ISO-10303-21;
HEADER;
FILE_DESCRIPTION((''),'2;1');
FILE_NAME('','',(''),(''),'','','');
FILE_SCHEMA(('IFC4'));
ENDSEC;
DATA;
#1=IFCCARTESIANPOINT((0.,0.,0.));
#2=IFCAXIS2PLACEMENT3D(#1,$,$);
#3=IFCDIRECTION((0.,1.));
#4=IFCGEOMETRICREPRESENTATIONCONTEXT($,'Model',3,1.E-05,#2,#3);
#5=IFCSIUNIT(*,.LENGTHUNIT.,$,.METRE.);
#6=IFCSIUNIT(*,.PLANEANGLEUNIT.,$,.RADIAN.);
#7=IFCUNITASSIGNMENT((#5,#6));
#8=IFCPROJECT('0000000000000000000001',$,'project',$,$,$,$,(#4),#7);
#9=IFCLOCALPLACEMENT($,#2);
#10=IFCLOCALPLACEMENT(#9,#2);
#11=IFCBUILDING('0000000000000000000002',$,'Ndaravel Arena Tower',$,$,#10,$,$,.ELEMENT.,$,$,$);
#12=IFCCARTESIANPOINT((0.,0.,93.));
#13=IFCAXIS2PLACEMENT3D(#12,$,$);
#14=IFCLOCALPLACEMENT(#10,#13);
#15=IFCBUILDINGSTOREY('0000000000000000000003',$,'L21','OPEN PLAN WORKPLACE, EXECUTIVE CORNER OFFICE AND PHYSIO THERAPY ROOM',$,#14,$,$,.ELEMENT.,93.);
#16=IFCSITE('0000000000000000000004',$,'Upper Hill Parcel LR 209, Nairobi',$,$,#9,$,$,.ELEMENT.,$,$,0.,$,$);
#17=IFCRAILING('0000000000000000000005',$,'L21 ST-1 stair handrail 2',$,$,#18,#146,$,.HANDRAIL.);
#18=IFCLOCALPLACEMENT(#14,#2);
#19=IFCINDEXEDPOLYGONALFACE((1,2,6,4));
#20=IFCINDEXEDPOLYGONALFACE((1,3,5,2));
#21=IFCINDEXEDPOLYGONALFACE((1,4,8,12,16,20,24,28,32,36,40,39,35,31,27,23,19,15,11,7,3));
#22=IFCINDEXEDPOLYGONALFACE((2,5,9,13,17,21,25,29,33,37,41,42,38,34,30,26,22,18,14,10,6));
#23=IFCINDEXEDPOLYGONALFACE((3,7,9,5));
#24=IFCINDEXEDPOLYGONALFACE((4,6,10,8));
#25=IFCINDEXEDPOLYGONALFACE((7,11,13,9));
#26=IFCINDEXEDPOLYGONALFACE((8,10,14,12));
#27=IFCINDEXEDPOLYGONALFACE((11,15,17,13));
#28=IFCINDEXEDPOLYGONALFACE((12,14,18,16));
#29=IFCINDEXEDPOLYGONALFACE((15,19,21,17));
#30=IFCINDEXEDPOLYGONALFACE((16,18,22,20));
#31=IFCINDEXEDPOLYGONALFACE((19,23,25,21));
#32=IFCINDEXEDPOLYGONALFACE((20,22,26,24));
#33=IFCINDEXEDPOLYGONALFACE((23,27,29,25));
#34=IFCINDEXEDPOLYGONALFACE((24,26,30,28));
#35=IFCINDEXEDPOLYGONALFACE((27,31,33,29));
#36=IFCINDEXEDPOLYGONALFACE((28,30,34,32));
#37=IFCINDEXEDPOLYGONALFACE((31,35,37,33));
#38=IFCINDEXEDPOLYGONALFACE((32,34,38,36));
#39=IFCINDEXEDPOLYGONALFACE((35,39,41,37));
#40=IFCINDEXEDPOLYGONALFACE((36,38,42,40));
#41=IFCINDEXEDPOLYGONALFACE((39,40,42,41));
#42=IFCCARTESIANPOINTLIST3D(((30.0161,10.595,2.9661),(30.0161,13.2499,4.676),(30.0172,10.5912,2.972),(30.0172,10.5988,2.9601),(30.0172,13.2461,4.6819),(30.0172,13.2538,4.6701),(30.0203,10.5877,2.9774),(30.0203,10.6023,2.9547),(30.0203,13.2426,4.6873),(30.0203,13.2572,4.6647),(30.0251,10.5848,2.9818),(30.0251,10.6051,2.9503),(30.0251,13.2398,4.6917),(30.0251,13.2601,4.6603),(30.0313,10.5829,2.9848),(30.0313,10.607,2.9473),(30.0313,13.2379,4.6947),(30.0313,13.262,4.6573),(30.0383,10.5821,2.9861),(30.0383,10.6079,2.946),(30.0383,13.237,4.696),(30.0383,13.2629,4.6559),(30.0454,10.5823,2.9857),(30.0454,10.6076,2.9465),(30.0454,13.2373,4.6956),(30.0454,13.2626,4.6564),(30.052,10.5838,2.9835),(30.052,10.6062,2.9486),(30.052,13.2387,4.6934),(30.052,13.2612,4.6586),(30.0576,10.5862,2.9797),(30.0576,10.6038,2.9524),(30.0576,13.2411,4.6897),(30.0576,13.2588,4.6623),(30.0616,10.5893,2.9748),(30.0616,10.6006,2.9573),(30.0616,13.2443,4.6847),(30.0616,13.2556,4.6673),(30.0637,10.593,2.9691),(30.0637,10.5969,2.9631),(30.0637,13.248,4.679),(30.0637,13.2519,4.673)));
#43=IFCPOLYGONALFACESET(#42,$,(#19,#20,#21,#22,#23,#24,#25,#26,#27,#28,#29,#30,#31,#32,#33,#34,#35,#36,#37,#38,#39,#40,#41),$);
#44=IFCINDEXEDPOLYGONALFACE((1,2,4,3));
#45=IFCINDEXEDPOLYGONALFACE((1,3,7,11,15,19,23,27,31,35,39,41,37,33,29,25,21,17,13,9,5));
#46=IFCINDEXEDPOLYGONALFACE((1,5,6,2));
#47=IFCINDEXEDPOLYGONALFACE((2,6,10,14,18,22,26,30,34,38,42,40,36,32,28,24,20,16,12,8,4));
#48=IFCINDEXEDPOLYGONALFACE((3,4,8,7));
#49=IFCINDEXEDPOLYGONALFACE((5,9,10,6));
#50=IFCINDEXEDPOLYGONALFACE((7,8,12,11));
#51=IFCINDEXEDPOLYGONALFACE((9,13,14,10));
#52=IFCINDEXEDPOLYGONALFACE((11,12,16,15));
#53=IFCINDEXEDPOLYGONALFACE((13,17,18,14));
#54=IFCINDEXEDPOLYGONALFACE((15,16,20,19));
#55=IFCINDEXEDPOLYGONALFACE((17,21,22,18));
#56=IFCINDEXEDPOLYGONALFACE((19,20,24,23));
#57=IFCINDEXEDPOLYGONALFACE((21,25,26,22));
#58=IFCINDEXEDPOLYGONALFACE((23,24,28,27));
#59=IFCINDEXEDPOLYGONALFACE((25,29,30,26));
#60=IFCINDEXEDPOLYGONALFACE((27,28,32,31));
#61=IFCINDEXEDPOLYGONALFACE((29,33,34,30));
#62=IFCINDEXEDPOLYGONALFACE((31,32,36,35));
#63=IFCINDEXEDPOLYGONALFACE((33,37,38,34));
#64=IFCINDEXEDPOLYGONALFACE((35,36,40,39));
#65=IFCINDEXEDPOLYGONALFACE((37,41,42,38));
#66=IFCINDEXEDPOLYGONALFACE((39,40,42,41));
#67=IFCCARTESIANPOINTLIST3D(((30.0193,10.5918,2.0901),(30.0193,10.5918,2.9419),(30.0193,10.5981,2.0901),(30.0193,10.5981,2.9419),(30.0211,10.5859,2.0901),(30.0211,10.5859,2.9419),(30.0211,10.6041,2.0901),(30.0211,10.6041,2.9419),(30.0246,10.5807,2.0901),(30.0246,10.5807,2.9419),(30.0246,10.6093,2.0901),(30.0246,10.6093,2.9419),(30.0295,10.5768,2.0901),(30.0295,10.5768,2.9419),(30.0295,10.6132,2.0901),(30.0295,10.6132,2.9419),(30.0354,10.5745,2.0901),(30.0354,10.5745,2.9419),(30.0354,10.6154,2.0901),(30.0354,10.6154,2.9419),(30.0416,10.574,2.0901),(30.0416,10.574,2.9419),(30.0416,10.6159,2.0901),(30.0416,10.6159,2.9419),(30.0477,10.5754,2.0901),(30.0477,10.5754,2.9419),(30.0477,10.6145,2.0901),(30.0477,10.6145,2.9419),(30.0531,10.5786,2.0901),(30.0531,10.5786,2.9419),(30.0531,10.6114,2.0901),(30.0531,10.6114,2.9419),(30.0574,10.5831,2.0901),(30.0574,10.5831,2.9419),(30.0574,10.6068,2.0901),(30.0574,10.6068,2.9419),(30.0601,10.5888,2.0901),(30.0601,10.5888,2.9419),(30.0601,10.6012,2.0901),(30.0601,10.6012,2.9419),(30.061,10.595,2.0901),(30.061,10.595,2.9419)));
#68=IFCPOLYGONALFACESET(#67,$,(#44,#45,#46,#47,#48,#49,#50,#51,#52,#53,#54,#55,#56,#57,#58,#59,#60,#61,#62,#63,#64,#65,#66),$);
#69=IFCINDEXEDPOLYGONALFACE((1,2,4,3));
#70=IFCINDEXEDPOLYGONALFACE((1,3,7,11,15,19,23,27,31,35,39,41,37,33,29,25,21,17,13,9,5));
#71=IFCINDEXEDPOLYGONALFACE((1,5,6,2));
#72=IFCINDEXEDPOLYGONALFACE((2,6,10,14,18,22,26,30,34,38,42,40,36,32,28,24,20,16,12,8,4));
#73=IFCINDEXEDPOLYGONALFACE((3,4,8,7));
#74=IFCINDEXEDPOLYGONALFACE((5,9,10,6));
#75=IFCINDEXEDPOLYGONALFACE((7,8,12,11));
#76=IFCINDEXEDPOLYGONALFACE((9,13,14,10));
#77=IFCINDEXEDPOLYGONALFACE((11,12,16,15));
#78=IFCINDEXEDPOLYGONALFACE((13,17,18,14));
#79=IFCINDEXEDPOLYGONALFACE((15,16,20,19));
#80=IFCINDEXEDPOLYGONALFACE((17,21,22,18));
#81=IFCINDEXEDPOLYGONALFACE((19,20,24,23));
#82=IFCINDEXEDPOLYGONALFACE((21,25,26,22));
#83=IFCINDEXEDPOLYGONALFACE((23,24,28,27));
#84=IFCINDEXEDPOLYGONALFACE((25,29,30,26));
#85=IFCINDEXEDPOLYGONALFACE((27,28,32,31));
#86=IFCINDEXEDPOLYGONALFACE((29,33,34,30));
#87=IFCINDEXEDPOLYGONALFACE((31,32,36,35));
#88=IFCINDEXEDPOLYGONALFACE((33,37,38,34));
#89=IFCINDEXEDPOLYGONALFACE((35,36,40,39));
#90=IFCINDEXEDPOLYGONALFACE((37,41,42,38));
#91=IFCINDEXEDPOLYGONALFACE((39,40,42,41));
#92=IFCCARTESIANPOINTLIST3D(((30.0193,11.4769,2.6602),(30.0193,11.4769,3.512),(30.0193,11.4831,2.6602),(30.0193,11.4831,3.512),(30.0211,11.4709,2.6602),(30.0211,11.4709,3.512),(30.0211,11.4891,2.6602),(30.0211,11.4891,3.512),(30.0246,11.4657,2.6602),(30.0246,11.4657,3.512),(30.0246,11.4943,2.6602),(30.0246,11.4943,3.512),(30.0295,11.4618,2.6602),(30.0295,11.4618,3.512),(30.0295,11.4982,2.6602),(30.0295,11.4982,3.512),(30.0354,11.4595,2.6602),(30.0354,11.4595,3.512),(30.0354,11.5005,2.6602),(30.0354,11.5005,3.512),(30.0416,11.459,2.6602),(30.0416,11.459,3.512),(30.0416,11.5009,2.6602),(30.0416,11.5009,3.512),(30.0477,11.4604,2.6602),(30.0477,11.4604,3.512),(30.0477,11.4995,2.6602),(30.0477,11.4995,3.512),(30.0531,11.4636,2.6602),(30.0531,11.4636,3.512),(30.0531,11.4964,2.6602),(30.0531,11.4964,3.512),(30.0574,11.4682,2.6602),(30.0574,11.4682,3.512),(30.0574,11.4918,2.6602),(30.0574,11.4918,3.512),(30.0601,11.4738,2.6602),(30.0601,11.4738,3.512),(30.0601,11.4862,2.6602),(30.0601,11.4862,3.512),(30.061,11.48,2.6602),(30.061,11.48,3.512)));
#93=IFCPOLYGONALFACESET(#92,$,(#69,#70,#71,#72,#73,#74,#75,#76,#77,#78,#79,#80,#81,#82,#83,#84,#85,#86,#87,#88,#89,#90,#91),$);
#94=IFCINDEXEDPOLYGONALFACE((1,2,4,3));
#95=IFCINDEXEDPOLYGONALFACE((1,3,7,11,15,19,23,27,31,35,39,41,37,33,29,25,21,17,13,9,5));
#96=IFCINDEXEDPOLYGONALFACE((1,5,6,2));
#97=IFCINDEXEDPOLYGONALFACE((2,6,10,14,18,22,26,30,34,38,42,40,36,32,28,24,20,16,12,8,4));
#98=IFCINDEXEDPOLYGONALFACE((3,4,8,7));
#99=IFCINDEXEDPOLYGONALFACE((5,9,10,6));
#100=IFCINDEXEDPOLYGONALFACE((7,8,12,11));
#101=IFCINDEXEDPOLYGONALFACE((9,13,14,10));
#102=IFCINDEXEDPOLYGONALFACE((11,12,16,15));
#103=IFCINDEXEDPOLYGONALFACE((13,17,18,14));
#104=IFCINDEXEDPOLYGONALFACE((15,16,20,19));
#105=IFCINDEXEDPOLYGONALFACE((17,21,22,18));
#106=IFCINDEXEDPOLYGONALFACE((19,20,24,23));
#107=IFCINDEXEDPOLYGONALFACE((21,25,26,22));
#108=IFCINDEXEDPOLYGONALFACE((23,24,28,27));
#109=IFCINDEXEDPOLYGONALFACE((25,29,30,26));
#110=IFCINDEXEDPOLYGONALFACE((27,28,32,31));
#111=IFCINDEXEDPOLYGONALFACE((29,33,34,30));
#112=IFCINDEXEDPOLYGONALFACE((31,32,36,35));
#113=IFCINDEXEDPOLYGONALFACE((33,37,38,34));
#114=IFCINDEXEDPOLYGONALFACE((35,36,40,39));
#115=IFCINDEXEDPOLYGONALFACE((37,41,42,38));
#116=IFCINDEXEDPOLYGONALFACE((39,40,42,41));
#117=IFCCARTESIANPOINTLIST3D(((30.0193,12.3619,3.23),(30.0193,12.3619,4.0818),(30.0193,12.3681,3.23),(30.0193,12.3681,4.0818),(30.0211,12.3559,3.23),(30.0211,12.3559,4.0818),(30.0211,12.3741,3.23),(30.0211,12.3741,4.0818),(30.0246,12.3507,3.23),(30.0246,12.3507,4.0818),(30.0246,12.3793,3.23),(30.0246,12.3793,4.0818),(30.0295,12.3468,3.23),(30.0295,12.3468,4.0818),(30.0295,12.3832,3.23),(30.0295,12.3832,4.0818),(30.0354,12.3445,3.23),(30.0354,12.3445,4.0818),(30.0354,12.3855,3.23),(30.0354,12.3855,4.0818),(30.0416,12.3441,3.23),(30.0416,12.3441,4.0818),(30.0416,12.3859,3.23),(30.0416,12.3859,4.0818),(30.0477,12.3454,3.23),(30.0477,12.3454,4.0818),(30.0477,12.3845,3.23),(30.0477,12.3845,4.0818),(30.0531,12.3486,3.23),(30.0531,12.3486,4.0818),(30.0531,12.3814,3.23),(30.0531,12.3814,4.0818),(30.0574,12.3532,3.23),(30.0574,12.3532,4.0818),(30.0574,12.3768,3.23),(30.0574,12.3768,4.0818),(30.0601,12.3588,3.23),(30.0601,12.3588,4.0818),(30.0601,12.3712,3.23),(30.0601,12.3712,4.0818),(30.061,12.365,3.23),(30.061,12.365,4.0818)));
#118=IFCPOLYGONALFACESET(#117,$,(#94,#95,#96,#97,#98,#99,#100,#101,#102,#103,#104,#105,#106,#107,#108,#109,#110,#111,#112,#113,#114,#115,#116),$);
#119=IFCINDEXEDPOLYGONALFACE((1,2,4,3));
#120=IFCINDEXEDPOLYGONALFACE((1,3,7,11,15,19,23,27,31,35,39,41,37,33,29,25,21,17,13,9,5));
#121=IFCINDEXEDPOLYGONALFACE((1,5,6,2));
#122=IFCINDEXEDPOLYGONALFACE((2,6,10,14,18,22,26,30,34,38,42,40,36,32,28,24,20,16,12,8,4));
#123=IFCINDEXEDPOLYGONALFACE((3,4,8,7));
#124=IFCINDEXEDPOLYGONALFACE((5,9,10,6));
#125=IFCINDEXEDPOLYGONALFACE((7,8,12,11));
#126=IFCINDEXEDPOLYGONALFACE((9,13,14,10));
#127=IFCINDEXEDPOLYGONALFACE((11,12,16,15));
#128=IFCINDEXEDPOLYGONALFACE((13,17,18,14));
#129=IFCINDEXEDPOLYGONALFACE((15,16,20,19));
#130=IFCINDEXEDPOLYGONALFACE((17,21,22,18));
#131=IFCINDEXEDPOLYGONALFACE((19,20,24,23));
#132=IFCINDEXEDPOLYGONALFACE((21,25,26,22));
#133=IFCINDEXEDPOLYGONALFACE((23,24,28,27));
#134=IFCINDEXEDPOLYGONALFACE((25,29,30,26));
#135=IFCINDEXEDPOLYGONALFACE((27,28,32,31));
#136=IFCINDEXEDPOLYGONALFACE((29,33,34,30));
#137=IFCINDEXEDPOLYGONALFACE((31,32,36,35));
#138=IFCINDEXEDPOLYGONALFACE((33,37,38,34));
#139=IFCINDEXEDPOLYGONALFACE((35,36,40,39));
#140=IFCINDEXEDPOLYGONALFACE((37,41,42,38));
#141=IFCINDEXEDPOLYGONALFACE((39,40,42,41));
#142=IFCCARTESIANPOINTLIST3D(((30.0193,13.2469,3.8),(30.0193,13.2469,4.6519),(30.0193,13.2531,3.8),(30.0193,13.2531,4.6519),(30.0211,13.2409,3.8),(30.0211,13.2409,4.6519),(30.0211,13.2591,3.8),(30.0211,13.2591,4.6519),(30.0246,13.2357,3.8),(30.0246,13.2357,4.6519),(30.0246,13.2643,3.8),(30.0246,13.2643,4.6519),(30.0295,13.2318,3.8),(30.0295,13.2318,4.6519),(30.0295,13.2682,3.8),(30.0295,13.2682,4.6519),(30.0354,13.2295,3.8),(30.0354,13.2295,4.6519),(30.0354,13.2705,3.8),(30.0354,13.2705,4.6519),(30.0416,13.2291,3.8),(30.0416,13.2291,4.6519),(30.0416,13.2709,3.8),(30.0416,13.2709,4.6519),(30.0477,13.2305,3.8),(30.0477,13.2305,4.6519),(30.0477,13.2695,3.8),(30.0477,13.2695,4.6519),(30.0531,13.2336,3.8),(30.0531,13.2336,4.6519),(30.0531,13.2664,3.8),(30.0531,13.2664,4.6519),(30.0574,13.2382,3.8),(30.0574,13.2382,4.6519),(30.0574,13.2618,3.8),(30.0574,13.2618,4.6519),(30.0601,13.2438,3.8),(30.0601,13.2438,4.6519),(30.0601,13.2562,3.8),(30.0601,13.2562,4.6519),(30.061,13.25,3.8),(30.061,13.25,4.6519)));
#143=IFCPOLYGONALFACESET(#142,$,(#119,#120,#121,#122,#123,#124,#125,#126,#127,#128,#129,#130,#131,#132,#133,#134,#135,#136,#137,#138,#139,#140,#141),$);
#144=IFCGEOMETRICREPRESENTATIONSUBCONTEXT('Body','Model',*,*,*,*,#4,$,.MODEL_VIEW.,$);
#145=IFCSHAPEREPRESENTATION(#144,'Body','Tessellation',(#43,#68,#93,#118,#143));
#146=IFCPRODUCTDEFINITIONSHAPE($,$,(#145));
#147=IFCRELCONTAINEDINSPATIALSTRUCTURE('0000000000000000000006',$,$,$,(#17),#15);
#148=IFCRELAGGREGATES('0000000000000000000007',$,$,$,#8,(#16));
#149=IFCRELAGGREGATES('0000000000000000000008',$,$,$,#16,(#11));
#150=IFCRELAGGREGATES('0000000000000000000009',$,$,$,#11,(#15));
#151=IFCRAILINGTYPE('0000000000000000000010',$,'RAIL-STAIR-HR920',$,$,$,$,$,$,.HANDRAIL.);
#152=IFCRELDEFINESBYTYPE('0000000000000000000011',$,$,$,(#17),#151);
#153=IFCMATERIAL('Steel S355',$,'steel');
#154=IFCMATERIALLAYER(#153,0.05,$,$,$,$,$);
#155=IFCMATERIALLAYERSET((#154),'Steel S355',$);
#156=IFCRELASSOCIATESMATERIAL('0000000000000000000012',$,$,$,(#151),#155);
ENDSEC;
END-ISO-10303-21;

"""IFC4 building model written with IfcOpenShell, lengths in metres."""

from ifc_helpers import new_model, si_unit, direction, frame, origin, origin_2d, place, context, subcontext, project, spatial, circle, extrude, material, layer, layer_set, type_object, element, save


model = new_model("IFC4")

# Units and contexts
model_context = context("Model", 3, precision=1e-05, world=origin(), true_north=direction((0.0, 1.0)))
body_context = subcontext(model_context, "Body", "Model", "MODEL_VIEW")
ifc_project = project(units=[si_unit("LENGTHUNIT", "METRE"), si_unit("PLANEANGLEUNIT", "RADIAN")], contexts=[model_context])

# Site, building, storey
site_placement = place(None, origin())
site = spatial("IfcSite", under=ifc_project, at=site_placement, Name="Upper Hill Parcel LR 209, Nairobi", CompositionType="ELEMENT", RefElevation=0.0)
building_placement = place(site_placement, origin())
building = spatial("IfcBuilding", under=site, at=building_placement, Name="Ndaravel Arena Tower", CompositionType="ELEMENT")
storey_placement = place(building_placement, frame((0.0, 0.0, 93.0)))
storey = spatial("IfcBuildingStorey", under=building, at=storey_placement, Name="L21", Description="OPEN PLAN WORKPLACE, EXECUTIVE CORNER OFFICE AND PHYSIO THERAPY ROOM", CompositionType="ELEMENT", Elevation=93.0)

# Railing
ifc_material_1 = material(Name="Steel S355", Category="steel")
ifc_layer_1 = layer(ifc_material_1, 0.05)
ifc_layer_set_1 = layer_set([ifc_layer_1], Name="Steel S355")
railing_type_1 = type_object("IfcRailingType", Name="RAIL-STAIR-HR920", PredefinedType="HANDRAIL", material=ifc_layer_set_1)
railing_1_placement = place(storey_placement, frame((30.04, 10.595, 2.0901)))
element("IfcRailing", 1, at=railing_1_placement, inside=storey, type_object=railing_type_1, Name="L21 ST-1 stair handrail 2", PredefinedType="HANDRAIL", context=body_context, shape_type="SweptSolid", body=[
    extrude(circle(Radius=0.0239, at=origin_2d()), frame((0.0, 0.0, 0.876), z_axis=(0.0, 0.840724, 0.541465), x_axis=(-1.0, 0.0, 0.0)), (0.0, 0.0, 1.0), 3.158),
    extrude(circle(Radius=0.021, at=origin_2d()), origin(), (0.0, 0.0, 1.0), 0.8518),
    extrude(circle(Radius=0.021, at=origin_2d()), frame((0.0, 0.885, 0.5701)), (0.0, 0.0, 1.0), 0.8518),
    extrude(circle(Radius=0.021, at=origin_2d()), frame((0.0, 1.77, 1.1399)), (0.0, 0.0, 1.0), 0.8518),
    extrude(circle(Radius=0.021, at=origin_2d()), frame((0.0, 2.655, 1.71)), (0.0, 0.0, 1.0), 0.8518),
])

save(model, "model.ifc")
